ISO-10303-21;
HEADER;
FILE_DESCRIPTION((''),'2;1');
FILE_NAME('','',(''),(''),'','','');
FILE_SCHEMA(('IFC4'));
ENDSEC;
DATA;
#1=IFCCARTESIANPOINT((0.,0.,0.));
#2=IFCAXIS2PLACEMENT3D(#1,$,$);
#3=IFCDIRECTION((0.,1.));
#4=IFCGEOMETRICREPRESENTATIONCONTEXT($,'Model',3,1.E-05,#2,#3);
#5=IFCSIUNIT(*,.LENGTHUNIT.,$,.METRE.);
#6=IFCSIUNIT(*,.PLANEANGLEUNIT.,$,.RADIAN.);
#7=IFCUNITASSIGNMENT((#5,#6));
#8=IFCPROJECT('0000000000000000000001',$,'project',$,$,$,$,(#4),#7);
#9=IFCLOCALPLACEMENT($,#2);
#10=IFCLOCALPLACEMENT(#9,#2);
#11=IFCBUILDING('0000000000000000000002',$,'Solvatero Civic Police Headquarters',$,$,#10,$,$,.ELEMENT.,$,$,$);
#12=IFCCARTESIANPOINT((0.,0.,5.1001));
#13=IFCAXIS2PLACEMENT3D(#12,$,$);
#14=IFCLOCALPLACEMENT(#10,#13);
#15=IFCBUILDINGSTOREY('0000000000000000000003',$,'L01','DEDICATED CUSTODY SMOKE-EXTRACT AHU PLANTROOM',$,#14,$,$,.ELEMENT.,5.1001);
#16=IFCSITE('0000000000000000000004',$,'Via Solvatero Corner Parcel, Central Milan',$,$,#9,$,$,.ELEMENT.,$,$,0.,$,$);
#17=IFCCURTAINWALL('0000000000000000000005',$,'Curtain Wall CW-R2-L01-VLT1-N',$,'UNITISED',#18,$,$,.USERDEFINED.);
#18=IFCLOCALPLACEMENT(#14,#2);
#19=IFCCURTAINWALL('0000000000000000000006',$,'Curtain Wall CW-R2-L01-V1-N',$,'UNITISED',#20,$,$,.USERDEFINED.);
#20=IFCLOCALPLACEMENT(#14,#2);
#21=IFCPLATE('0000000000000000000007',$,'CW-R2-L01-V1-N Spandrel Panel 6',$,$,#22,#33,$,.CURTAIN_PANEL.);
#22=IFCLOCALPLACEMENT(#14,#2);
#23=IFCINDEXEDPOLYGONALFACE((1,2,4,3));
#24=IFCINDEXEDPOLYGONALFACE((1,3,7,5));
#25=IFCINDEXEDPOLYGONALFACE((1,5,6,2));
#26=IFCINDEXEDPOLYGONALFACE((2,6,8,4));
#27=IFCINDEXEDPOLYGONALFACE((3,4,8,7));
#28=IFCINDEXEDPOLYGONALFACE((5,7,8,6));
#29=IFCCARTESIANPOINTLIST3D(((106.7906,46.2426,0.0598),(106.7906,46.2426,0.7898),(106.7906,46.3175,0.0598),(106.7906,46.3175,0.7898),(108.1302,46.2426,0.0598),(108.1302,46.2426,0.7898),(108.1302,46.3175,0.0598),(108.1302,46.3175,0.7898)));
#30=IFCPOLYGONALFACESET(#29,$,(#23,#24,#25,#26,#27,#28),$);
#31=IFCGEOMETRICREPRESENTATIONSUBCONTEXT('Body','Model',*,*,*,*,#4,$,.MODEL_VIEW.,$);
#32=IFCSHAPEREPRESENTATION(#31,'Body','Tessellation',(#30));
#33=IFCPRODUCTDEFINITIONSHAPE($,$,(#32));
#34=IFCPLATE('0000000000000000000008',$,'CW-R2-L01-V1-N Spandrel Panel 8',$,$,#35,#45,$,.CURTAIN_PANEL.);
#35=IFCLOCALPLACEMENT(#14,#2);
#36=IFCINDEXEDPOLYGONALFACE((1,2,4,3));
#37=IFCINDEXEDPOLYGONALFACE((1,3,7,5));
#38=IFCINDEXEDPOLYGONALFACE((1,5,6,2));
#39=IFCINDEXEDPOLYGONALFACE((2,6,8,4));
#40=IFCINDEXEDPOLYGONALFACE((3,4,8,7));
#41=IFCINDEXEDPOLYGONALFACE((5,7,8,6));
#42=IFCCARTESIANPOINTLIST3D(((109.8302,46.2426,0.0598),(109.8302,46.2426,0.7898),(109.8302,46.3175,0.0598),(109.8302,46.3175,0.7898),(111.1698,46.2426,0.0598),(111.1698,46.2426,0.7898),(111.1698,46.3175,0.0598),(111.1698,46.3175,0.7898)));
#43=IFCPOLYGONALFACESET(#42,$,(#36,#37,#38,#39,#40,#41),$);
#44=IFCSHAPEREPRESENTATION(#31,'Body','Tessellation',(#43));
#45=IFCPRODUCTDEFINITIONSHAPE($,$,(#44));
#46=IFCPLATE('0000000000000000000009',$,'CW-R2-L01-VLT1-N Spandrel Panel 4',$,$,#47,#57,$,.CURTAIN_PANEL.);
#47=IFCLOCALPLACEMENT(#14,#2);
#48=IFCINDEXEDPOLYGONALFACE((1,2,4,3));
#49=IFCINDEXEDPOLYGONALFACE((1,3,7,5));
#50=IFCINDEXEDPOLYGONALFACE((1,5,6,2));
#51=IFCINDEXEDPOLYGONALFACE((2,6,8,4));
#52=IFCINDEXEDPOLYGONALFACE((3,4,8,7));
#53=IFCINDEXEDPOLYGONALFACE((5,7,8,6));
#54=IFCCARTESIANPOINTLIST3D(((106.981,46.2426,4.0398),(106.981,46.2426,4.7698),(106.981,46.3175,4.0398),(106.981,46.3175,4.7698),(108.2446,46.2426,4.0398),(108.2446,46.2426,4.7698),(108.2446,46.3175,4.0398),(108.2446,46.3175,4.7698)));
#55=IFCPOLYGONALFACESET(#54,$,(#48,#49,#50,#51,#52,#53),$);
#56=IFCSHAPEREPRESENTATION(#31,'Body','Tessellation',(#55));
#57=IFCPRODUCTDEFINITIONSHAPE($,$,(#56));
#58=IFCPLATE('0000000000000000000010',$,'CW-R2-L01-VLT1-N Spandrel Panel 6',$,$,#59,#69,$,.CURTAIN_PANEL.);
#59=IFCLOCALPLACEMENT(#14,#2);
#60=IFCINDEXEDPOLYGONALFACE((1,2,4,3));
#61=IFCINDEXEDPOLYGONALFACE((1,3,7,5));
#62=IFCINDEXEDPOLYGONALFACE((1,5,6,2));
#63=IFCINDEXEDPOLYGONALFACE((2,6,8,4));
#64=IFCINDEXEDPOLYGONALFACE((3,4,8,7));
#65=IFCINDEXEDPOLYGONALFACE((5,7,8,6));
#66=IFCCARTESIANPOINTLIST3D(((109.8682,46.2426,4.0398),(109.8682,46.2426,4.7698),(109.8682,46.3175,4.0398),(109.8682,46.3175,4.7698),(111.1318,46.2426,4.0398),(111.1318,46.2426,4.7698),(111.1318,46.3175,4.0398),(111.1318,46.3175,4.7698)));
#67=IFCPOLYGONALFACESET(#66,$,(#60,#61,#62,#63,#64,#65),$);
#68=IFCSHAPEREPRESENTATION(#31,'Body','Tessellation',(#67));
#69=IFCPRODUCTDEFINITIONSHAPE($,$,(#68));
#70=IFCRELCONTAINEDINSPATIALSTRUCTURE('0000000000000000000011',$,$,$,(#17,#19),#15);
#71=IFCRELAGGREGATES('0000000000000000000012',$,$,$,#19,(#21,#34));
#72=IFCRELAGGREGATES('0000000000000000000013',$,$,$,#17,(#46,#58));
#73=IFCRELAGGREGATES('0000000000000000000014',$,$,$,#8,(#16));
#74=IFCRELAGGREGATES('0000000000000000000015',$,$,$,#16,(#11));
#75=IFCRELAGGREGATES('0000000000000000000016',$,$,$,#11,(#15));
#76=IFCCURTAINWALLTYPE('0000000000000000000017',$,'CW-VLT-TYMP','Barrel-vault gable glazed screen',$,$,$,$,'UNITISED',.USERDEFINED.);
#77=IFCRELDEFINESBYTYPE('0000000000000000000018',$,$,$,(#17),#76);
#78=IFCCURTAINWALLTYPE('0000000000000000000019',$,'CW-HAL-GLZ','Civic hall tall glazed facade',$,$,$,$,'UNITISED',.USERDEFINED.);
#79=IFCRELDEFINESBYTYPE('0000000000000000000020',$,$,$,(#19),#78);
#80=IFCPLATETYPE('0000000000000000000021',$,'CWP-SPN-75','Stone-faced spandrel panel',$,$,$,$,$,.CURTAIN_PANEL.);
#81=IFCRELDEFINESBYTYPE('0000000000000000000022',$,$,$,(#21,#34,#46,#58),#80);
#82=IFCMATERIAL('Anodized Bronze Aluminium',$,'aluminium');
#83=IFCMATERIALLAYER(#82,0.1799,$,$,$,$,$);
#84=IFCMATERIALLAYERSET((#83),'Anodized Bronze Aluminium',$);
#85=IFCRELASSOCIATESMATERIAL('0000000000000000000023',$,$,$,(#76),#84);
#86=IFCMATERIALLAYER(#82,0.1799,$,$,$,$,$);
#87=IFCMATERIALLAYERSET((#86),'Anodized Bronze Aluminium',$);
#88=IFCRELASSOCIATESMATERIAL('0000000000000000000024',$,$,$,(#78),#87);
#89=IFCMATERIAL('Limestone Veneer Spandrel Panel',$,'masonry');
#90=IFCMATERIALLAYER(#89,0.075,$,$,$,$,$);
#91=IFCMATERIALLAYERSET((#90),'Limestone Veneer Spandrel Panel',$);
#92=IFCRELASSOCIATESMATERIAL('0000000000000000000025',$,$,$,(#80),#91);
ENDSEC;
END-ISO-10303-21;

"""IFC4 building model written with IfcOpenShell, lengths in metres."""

from ifc_helpers import new_model, si_unit, direction, frame, origin, origin_2d, place, context, subcontext, project, spatial, rectangle, extrude, material, layer, layer_set, type_object, element, aggregate, save


model = new_model("IFC4")

# Units and contexts
model_context = context("Model", 3, precision=1e-05, world=origin(), true_north=direction((0.0, 1.0)))
body_context = subcontext(model_context, "Body", "Model", "MODEL_VIEW")
ifc_project = project(units=[si_unit("LENGTHUNIT", "METRE"), si_unit("PLANEANGLEUNIT", "RADIAN")], contexts=[model_context])

# Site, building, storey
site_placement = place(None, origin())
site = spatial("IfcSite", under=ifc_project, at=site_placement, Name="Via Solvatero Corner Parcel, Central Milan", CompositionType="ELEMENT", RefElevation=0.0)
building_placement = place(site_placement, origin())
building = spatial("IfcBuilding", under=site, at=building_placement, Name="Solvatero Civic Police Headquarters", CompositionType="ELEMENT")
storey_placement = place(building_placement, frame((0.0, 0.0, 5.1001)))
storey = spatial("IfcBuildingStorey", under=building, at=storey_placement, Name="L01", Description="DEDICATED CUSTODY SMOKE-EXTRACT AHU PLANTROOM", CompositionType="ELEMENT", Elevation=5.1001)

# Curtain walls
ifc_material_1 = material(Name="Anodized Bronze Aluminium", Category="aluminium")
ifc_layer_1 = layer(ifc_material_1, 0.1799)
ifc_layer_set_1 = layer_set([ifc_layer_1], Name="Anodized Bronze Aluminium")
curtain_wall_type_1 = type_object("IfcCurtainWallType", Name="CW-VLT-TYMP", Description="Barrel-vault gable glazed screen", ElementType="UNITISED", PredefinedType="USERDEFINED", material=ifc_layer_set_1)
curtain_wall_1_placement = place(storey_placement, origin())
curtain_wall_1 = element("IfcCurtainWall", 1, at=curtain_wall_1_placement, inside=storey, type_object=curtain_wall_type_1, Name="Curtain Wall CW-R2-L01-VLT1-N", ObjectType="UNITISED", PredefinedType="USERDEFINED")
ifc_layer_2 = layer(ifc_material_1, 0.1799)
ifc_layer_set_2 = layer_set([ifc_layer_2], Name="Anodized Bronze Aluminium")
curtain_wall_type_2 = type_object("IfcCurtainWallType", Name="CW-HAL-GLZ", Description="Civic hall tall glazed facade", ElementType="UNITISED", PredefinedType="USERDEFINED", material=ifc_layer_set_2)
curtain_wall_2_placement = place(storey_placement, origin())
curtain_wall_2 = element("IfcCurtainWall", 2, at=curtain_wall_2_placement, inside=storey, type_object=curtain_wall_type_2, Name="Curtain Wall CW-R2-L01-V1-N", ObjectType="UNITISED", PredefinedType="USERDEFINED")

# Plates
ifc_material_2 = material(Name="Limestone Veneer Spandrel Panel", Category="masonry")
ifc_layer_3 = layer(ifc_material_2, 0.075)
ifc_layer_set_3 = layer_set([ifc_layer_3], Name="Limestone Veneer Spandrel Panel")
plate_type_1 = type_object("IfcPlateType", Name="CWP-SPN-75", Description="Stone-faced spandrel panel", PredefinedType="CURTAIN_PANEL", material=ifc_layer_set_3)
plate_1_placement = place(storey_placement, frame((107.4604, 46.28, 0.0598), z_axis=(0.0, 0.0, 1.0), x_axis=(1.0, 0.0, 0.0)))
plate_1 = element("IfcPlate", 3, at=plate_1_placement, type_object=plate_type_1, Name="CW-R2-L01-V1-N Spandrel Panel 6", PredefinedType="CURTAIN_PANEL", context=body_context, shape_type="SweptSolid", body=[
    extrude(rectangle(XDim=1.3396, YDim=0.075, at=origin_2d()), origin(), (0.0, 0.0, 1.0), 0.73),
])
plate_2_placement = place(storey_placement, frame((110.5, 46.28, 0.0598), z_axis=(0.0, 0.0, 1.0), x_axis=(1.0, 0.0, 0.0)))
plate_2 = element("IfcPlate", 4, at=plate_2_placement, type_object=plate_type_1, Name="CW-R2-L01-V1-N Spandrel Panel 8", PredefinedType="CURTAIN_PANEL", context=body_context, shape_type="SweptSolid", body=[
    extrude(rectangle(XDim=1.3396, YDim=0.075, at=origin_2d()), origin(), (0.0, 0.0, 1.0), 0.73),
])
aggregate(curtain_wall_2, [plate_1, plate_2])
plate_3_placement = place(storey_placement, frame((107.6128, 46.28, 4.0398), z_axis=(0.0, 0.0, 1.0), x_axis=(1.0, 0.0, 0.0)))
plate_3 = element("IfcPlate", 5, at=plate_3_placement, type_object=plate_type_1, Name="CW-R2-L01-VLT1-N Spandrel Panel 4", PredefinedType="CURTAIN_PANEL", context=body_context, shape_type="SweptSolid", body=[
    extrude(rectangle(XDim=1.2637, YDim=0.075, at=origin_2d()), origin(), (0.0, 0.0, 1.0), 0.73),
])
plate_4_placement = place(storey_placement, frame((110.5, 46.28, 4.0398), z_axis=(0.0, 0.0, 1.0), x_axis=(1.0, 0.0, 0.0)))
plate_4 = element("IfcPlate", 6, at=plate_4_placement, type_object=plate_type_1, Name="CW-R2-L01-VLT1-N Spandrel Panel 6", PredefinedType="CURTAIN_PANEL", context=body_context, shape_type="SweptSolid", body=[
    extrude(rectangle(XDim=1.2637, YDim=0.075, at=origin_2d()), origin(), (0.0, 0.0, 1.0), 0.73),
])
aggregate(curtain_wall_1, [plate_3, plate_4])

save(model, "model.ifc")
